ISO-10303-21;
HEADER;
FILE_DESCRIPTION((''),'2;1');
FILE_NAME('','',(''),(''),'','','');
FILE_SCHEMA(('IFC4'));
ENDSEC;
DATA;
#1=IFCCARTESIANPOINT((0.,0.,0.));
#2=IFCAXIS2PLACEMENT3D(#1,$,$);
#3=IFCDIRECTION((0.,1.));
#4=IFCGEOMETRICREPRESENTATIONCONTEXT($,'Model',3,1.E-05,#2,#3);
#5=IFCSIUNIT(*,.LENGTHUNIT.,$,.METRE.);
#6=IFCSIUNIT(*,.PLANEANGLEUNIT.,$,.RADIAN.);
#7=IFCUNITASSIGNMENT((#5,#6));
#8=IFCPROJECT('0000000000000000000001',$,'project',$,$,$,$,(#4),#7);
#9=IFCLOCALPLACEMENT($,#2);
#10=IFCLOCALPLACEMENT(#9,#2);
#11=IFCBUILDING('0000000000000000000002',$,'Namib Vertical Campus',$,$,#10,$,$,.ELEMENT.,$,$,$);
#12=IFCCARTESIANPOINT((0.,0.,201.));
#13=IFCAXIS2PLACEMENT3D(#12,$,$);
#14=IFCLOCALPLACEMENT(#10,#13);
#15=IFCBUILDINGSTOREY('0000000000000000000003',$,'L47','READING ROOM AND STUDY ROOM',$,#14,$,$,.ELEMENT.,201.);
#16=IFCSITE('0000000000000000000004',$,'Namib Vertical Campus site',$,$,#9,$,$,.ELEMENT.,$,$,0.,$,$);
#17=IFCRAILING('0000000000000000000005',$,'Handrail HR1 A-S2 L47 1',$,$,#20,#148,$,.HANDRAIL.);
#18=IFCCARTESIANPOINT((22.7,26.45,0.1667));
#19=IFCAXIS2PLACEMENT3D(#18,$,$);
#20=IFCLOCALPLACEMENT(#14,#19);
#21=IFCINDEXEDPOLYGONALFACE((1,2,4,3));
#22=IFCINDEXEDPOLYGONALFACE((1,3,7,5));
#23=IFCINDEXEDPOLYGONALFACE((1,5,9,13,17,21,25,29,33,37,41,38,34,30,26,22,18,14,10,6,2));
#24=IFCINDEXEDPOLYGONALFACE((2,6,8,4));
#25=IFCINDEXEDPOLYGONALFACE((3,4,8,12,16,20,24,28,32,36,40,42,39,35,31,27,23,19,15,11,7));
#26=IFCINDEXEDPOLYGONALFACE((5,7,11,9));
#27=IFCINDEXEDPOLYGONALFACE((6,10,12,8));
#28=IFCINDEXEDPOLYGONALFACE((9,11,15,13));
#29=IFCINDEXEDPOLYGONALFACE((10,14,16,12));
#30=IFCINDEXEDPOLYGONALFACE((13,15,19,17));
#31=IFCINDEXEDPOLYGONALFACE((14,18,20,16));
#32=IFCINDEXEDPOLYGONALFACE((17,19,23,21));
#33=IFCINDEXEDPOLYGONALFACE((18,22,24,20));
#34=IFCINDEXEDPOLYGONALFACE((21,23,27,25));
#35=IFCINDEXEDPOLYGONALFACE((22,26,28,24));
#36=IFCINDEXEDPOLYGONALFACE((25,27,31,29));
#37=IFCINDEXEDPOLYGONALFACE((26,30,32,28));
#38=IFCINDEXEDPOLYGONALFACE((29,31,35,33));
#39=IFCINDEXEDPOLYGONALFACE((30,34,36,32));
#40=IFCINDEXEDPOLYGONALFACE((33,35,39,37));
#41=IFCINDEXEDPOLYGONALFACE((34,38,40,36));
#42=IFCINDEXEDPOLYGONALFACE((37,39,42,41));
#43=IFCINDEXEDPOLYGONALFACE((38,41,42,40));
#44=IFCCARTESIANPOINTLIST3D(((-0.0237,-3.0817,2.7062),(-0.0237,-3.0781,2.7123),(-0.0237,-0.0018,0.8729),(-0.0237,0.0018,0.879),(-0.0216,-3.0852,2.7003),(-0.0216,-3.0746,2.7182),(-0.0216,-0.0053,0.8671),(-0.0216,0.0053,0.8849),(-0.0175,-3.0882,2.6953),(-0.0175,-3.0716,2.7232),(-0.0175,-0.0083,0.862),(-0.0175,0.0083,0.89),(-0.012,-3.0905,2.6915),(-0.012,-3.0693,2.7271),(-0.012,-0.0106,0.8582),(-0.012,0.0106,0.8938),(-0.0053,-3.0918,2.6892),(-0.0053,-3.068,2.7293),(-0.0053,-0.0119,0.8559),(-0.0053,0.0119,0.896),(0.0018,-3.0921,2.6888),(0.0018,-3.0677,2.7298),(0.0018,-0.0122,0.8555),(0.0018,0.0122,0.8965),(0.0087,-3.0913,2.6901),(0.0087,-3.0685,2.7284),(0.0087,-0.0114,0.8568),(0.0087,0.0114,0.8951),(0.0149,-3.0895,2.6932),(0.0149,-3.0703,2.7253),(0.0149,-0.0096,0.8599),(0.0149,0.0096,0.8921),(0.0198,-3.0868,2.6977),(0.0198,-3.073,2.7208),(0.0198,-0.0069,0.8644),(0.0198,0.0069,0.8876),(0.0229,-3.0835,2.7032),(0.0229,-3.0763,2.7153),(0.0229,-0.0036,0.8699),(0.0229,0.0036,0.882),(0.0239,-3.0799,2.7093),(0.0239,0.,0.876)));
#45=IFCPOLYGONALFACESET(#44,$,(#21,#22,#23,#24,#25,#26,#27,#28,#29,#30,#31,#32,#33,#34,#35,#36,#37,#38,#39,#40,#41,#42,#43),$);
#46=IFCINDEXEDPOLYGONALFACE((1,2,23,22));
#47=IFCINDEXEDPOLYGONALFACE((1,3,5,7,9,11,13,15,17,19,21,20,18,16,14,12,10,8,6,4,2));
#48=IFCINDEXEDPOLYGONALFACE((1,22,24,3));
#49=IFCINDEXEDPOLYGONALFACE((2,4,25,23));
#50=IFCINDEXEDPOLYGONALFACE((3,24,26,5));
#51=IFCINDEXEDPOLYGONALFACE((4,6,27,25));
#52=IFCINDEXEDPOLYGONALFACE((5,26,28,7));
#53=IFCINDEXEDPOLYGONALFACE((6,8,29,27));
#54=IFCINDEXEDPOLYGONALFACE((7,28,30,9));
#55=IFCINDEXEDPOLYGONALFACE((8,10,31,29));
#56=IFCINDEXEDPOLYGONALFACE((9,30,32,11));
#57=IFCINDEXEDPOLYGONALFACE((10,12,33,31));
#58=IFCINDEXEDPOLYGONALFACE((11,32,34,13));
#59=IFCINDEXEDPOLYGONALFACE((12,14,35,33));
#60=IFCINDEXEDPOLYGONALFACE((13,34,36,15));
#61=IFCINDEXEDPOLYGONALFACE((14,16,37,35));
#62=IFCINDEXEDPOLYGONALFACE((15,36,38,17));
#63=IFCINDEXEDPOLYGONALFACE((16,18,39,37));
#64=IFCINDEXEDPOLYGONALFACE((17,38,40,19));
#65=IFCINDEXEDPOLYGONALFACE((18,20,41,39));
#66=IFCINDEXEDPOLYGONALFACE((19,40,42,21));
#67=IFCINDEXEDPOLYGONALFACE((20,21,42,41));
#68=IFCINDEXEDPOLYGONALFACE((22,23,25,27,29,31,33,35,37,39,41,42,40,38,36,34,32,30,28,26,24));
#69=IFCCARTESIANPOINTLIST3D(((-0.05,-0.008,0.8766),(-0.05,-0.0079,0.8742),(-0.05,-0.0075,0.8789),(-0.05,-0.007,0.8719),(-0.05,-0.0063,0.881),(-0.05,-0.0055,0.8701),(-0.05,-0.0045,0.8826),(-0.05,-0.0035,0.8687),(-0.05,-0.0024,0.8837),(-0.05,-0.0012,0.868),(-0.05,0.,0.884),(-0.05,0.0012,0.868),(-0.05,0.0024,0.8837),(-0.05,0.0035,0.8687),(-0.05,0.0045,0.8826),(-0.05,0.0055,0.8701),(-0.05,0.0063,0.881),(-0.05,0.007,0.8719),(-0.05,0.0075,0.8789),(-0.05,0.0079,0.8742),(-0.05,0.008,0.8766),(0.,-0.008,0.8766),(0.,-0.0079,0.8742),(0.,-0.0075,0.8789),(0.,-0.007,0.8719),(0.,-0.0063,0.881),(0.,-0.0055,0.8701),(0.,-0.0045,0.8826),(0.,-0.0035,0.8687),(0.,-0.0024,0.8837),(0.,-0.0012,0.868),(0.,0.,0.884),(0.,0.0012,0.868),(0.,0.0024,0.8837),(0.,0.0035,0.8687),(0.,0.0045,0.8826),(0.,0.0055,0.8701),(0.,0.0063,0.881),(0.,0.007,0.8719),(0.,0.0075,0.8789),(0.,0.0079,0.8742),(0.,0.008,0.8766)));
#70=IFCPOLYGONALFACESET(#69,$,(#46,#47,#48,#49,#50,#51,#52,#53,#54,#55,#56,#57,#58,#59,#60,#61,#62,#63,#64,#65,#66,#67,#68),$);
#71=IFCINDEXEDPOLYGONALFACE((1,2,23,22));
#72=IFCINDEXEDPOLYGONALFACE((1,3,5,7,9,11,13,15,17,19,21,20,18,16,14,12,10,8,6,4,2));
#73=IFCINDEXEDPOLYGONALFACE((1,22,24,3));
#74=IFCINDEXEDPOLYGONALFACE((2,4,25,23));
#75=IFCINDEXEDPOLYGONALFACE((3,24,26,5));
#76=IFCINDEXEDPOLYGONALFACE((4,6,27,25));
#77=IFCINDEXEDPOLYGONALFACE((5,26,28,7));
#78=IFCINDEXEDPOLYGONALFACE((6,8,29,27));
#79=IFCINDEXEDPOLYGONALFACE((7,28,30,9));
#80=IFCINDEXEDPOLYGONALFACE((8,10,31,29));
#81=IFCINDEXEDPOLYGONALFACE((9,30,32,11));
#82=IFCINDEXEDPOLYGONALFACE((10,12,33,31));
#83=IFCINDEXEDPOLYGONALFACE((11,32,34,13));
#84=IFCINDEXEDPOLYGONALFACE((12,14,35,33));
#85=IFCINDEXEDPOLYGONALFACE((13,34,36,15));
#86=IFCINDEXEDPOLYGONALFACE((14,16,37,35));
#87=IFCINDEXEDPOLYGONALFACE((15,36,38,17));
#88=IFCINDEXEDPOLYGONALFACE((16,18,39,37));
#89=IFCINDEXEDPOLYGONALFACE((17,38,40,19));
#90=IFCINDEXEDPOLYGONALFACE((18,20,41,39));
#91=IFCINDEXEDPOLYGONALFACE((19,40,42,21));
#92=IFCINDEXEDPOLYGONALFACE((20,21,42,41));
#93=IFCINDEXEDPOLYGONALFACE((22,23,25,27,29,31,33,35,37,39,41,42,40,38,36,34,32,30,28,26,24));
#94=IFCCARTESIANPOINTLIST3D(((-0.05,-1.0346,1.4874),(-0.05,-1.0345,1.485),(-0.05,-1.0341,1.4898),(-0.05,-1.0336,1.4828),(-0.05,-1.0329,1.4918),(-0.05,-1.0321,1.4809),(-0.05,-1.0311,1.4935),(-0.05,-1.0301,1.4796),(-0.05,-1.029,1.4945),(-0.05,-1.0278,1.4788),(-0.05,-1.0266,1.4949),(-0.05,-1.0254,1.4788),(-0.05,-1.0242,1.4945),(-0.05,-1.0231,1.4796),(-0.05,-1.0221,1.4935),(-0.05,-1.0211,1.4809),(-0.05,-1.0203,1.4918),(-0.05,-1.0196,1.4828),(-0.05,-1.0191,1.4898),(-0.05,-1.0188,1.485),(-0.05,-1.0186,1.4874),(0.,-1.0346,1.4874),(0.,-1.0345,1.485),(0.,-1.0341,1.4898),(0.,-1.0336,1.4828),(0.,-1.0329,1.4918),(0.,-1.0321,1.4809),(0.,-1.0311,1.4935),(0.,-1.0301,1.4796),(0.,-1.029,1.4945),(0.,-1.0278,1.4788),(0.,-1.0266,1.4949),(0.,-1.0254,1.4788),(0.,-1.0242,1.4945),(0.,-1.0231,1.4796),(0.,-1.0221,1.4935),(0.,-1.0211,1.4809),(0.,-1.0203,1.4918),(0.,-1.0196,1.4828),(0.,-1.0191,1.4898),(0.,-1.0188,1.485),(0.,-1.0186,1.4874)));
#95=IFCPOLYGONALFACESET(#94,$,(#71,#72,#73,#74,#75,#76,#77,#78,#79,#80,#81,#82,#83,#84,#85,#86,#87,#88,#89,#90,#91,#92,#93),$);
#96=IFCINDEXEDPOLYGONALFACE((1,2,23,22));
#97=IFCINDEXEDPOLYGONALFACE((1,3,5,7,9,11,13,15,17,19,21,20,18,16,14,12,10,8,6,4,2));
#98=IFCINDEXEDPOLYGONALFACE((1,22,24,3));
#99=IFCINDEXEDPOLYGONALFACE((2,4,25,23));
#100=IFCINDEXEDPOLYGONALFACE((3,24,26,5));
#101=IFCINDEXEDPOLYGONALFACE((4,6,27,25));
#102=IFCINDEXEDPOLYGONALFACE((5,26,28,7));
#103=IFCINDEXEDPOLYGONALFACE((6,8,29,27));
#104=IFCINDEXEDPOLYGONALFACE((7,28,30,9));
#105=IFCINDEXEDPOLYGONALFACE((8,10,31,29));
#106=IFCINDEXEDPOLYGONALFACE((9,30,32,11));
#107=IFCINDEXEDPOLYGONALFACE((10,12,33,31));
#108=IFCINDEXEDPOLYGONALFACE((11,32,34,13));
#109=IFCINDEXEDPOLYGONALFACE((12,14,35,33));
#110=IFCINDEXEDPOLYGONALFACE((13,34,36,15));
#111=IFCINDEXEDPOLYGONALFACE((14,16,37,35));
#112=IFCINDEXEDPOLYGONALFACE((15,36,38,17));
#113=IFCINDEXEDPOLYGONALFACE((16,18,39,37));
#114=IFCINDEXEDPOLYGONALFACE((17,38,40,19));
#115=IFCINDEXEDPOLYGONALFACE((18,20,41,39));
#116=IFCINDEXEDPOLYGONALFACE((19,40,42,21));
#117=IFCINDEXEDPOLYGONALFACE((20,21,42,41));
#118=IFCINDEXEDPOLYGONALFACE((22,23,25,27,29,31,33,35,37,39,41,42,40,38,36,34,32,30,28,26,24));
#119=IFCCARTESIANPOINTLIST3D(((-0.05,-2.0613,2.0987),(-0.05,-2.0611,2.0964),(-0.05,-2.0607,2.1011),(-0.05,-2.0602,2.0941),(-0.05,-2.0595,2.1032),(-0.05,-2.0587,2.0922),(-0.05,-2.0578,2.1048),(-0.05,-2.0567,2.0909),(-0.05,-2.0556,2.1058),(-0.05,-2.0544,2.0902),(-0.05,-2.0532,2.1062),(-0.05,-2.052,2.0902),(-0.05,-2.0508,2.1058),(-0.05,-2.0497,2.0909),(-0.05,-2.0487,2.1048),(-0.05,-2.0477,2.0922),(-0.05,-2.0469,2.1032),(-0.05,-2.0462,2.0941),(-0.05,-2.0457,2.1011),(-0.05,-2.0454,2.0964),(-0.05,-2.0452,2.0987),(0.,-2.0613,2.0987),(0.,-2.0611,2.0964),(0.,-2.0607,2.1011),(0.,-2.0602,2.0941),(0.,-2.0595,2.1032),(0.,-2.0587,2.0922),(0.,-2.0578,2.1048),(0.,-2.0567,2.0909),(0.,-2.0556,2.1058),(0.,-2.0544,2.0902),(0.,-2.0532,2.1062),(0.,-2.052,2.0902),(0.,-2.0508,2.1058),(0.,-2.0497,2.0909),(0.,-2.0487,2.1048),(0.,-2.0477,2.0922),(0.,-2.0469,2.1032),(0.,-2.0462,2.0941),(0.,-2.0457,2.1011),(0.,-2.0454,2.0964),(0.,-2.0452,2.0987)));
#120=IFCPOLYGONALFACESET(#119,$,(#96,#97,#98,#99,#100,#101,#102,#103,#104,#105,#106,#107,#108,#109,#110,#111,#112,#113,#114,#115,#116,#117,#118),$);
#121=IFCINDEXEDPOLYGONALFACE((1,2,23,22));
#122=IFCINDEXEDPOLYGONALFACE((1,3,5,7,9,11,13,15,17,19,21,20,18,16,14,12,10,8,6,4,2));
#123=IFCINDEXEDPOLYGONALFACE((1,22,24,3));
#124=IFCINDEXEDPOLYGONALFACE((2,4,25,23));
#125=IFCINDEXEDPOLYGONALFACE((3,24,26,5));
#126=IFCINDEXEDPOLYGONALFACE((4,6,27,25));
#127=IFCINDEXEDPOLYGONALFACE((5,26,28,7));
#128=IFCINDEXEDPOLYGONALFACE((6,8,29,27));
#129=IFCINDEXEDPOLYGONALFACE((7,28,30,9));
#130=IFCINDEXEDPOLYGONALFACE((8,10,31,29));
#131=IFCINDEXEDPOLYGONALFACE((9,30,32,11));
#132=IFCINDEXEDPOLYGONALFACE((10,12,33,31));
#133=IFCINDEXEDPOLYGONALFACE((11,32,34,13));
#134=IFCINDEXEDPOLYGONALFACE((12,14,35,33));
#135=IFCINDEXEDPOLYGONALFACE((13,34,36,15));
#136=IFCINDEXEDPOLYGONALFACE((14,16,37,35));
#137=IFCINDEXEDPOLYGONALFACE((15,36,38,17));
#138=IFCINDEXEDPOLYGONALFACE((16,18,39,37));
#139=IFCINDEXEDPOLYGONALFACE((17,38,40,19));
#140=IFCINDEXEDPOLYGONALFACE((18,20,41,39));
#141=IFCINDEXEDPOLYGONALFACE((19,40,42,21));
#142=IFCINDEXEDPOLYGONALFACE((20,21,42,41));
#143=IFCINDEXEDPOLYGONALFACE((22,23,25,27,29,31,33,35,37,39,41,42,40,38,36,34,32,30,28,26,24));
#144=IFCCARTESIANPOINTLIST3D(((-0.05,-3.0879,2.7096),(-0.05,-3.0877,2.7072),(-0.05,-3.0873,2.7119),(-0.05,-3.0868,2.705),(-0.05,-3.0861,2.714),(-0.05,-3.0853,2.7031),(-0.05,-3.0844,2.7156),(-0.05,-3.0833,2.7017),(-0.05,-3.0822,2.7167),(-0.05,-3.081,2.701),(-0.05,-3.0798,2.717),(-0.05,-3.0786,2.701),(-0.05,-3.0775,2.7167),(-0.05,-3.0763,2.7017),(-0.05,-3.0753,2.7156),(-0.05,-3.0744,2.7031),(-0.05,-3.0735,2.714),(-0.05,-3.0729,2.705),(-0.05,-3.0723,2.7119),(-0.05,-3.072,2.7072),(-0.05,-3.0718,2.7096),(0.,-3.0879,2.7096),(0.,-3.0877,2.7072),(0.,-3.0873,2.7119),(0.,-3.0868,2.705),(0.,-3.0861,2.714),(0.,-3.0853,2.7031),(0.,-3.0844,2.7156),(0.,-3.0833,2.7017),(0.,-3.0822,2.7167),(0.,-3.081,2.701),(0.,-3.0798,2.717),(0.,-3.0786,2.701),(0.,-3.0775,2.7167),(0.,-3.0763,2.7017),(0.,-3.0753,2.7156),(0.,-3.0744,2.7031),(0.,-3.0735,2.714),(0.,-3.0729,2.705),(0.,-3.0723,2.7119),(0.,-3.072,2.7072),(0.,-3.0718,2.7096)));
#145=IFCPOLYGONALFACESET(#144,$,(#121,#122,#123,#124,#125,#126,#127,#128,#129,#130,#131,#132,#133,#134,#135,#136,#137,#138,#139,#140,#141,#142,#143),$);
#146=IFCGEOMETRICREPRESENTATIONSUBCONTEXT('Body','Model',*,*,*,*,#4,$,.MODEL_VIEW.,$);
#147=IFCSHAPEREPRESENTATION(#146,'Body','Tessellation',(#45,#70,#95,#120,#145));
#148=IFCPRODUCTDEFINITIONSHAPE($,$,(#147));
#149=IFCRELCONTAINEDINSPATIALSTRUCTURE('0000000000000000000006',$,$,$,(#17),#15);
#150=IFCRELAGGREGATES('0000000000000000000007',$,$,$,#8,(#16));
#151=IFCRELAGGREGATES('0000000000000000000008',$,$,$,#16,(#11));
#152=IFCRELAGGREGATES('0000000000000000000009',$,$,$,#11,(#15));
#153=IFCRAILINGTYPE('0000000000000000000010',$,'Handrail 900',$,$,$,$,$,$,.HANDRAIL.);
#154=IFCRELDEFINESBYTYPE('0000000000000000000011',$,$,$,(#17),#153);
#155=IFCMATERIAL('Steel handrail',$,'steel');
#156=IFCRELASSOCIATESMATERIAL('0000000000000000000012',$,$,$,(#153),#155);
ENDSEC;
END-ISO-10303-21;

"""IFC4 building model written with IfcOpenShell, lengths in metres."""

from ifc_helpers import new_model, si_unit, direction, frame, origin, origin_2d, place, context, subcontext, project, spatial, circle, extrude, material, type_object, element, save


model = new_model("IFC4")

# Units and contexts
model_context = context("Model", 3, precision=1e-05, world=origin(), true_north=direction((0.0, 1.0)))
body_context = subcontext(model_context, "Body", "Model", "MODEL_VIEW")
ifc_project = project(units=[si_unit("LENGTHUNIT", "METRE"), si_unit("PLANEANGLEUNIT", "RADIAN")], contexts=[model_context])

# Site, building, storey
site_placement = place(None, origin())
site = spatial("IfcSite", under=ifc_project, at=site_placement, Name="Namib Vertical Campus site", CompositionType="ELEMENT", RefElevation=0.0)
building_placement = place(site_placement, origin())
building = spatial("IfcBuilding", under=site, at=building_placement, Name="Namib Vertical Campus", CompositionType="ELEMENT")
storey_placement = place(building_placement, frame((0.0, 0.0, 201.0)))
storey = spatial("IfcBuildingStorey", under=building, at=storey_placement, Name="L47", Description="READING ROOM AND STUDY ROOM", CompositionType="ELEMENT", Elevation=201.0)

# Railing
ifc_material_1 = material(Name="Steel handrail", Category="steel")
railing_type_1 = type_object("IfcRailingType", Name="Handrail 900", PredefinedType="HANDRAIL", material=ifc_material_1)
railing_1_placement = place(storey_placement, frame((22.7, 26.45, 0.1667)))
element("IfcRailing", 1, at=railing_1_placement, inside=storey, type_object=railing_type_1, Name="Handrail HR1 A-S2 L47 1", PredefinedType="HANDRAIL", context=body_context, shape_type="SweptSolid", body=[
    extrude(circle(Radius=0.0239, at=origin_2d()), frame((0.0, 0.0, 0.876), z_axis=(0.0, -0.859291, 0.511487), x_axis=(1.0, 0.0, 0.0)), (0.0, 0.0, 1.0), 3.5842),
    extrude(circle(Radius=0.0081, at=origin_2d()), frame((0.0, 0.0, 0.876), z_axis=(-1.0, 0.0, 0.0), x_axis=(0.0, 0.0, 1.0)), (0.0, 0.0, 1.0), 0.05),
    extrude(circle(Radius=0.0081, at=origin_2d()), frame((0.0, -1.0266, 1.4868), z_axis=(-1.0, 0.0, 0.0), x_axis=(0.0, 0.0, 1.0)), (0.0, 0.0, 1.0), 0.05),
    extrude(circle(Radius=0.0081, at=origin_2d()), frame((0.0, -2.0532, 2.0981), z_axis=(-1.0, 0.0, 0.0), x_axis=(0.0, 0.0, 1.0)), (0.0, 0.0, 1.0), 0.05),
    extrude(circle(Radius=0.0081, at=origin_2d()), frame((0.0, -3.0798, 2.709), z_axis=(-1.0, 0.0, 0.0), x_axis=(0.0, 0.0, 1.0)), (0.0, 0.0, 1.0), 0.05),
])

save(model, "model.ifc")
